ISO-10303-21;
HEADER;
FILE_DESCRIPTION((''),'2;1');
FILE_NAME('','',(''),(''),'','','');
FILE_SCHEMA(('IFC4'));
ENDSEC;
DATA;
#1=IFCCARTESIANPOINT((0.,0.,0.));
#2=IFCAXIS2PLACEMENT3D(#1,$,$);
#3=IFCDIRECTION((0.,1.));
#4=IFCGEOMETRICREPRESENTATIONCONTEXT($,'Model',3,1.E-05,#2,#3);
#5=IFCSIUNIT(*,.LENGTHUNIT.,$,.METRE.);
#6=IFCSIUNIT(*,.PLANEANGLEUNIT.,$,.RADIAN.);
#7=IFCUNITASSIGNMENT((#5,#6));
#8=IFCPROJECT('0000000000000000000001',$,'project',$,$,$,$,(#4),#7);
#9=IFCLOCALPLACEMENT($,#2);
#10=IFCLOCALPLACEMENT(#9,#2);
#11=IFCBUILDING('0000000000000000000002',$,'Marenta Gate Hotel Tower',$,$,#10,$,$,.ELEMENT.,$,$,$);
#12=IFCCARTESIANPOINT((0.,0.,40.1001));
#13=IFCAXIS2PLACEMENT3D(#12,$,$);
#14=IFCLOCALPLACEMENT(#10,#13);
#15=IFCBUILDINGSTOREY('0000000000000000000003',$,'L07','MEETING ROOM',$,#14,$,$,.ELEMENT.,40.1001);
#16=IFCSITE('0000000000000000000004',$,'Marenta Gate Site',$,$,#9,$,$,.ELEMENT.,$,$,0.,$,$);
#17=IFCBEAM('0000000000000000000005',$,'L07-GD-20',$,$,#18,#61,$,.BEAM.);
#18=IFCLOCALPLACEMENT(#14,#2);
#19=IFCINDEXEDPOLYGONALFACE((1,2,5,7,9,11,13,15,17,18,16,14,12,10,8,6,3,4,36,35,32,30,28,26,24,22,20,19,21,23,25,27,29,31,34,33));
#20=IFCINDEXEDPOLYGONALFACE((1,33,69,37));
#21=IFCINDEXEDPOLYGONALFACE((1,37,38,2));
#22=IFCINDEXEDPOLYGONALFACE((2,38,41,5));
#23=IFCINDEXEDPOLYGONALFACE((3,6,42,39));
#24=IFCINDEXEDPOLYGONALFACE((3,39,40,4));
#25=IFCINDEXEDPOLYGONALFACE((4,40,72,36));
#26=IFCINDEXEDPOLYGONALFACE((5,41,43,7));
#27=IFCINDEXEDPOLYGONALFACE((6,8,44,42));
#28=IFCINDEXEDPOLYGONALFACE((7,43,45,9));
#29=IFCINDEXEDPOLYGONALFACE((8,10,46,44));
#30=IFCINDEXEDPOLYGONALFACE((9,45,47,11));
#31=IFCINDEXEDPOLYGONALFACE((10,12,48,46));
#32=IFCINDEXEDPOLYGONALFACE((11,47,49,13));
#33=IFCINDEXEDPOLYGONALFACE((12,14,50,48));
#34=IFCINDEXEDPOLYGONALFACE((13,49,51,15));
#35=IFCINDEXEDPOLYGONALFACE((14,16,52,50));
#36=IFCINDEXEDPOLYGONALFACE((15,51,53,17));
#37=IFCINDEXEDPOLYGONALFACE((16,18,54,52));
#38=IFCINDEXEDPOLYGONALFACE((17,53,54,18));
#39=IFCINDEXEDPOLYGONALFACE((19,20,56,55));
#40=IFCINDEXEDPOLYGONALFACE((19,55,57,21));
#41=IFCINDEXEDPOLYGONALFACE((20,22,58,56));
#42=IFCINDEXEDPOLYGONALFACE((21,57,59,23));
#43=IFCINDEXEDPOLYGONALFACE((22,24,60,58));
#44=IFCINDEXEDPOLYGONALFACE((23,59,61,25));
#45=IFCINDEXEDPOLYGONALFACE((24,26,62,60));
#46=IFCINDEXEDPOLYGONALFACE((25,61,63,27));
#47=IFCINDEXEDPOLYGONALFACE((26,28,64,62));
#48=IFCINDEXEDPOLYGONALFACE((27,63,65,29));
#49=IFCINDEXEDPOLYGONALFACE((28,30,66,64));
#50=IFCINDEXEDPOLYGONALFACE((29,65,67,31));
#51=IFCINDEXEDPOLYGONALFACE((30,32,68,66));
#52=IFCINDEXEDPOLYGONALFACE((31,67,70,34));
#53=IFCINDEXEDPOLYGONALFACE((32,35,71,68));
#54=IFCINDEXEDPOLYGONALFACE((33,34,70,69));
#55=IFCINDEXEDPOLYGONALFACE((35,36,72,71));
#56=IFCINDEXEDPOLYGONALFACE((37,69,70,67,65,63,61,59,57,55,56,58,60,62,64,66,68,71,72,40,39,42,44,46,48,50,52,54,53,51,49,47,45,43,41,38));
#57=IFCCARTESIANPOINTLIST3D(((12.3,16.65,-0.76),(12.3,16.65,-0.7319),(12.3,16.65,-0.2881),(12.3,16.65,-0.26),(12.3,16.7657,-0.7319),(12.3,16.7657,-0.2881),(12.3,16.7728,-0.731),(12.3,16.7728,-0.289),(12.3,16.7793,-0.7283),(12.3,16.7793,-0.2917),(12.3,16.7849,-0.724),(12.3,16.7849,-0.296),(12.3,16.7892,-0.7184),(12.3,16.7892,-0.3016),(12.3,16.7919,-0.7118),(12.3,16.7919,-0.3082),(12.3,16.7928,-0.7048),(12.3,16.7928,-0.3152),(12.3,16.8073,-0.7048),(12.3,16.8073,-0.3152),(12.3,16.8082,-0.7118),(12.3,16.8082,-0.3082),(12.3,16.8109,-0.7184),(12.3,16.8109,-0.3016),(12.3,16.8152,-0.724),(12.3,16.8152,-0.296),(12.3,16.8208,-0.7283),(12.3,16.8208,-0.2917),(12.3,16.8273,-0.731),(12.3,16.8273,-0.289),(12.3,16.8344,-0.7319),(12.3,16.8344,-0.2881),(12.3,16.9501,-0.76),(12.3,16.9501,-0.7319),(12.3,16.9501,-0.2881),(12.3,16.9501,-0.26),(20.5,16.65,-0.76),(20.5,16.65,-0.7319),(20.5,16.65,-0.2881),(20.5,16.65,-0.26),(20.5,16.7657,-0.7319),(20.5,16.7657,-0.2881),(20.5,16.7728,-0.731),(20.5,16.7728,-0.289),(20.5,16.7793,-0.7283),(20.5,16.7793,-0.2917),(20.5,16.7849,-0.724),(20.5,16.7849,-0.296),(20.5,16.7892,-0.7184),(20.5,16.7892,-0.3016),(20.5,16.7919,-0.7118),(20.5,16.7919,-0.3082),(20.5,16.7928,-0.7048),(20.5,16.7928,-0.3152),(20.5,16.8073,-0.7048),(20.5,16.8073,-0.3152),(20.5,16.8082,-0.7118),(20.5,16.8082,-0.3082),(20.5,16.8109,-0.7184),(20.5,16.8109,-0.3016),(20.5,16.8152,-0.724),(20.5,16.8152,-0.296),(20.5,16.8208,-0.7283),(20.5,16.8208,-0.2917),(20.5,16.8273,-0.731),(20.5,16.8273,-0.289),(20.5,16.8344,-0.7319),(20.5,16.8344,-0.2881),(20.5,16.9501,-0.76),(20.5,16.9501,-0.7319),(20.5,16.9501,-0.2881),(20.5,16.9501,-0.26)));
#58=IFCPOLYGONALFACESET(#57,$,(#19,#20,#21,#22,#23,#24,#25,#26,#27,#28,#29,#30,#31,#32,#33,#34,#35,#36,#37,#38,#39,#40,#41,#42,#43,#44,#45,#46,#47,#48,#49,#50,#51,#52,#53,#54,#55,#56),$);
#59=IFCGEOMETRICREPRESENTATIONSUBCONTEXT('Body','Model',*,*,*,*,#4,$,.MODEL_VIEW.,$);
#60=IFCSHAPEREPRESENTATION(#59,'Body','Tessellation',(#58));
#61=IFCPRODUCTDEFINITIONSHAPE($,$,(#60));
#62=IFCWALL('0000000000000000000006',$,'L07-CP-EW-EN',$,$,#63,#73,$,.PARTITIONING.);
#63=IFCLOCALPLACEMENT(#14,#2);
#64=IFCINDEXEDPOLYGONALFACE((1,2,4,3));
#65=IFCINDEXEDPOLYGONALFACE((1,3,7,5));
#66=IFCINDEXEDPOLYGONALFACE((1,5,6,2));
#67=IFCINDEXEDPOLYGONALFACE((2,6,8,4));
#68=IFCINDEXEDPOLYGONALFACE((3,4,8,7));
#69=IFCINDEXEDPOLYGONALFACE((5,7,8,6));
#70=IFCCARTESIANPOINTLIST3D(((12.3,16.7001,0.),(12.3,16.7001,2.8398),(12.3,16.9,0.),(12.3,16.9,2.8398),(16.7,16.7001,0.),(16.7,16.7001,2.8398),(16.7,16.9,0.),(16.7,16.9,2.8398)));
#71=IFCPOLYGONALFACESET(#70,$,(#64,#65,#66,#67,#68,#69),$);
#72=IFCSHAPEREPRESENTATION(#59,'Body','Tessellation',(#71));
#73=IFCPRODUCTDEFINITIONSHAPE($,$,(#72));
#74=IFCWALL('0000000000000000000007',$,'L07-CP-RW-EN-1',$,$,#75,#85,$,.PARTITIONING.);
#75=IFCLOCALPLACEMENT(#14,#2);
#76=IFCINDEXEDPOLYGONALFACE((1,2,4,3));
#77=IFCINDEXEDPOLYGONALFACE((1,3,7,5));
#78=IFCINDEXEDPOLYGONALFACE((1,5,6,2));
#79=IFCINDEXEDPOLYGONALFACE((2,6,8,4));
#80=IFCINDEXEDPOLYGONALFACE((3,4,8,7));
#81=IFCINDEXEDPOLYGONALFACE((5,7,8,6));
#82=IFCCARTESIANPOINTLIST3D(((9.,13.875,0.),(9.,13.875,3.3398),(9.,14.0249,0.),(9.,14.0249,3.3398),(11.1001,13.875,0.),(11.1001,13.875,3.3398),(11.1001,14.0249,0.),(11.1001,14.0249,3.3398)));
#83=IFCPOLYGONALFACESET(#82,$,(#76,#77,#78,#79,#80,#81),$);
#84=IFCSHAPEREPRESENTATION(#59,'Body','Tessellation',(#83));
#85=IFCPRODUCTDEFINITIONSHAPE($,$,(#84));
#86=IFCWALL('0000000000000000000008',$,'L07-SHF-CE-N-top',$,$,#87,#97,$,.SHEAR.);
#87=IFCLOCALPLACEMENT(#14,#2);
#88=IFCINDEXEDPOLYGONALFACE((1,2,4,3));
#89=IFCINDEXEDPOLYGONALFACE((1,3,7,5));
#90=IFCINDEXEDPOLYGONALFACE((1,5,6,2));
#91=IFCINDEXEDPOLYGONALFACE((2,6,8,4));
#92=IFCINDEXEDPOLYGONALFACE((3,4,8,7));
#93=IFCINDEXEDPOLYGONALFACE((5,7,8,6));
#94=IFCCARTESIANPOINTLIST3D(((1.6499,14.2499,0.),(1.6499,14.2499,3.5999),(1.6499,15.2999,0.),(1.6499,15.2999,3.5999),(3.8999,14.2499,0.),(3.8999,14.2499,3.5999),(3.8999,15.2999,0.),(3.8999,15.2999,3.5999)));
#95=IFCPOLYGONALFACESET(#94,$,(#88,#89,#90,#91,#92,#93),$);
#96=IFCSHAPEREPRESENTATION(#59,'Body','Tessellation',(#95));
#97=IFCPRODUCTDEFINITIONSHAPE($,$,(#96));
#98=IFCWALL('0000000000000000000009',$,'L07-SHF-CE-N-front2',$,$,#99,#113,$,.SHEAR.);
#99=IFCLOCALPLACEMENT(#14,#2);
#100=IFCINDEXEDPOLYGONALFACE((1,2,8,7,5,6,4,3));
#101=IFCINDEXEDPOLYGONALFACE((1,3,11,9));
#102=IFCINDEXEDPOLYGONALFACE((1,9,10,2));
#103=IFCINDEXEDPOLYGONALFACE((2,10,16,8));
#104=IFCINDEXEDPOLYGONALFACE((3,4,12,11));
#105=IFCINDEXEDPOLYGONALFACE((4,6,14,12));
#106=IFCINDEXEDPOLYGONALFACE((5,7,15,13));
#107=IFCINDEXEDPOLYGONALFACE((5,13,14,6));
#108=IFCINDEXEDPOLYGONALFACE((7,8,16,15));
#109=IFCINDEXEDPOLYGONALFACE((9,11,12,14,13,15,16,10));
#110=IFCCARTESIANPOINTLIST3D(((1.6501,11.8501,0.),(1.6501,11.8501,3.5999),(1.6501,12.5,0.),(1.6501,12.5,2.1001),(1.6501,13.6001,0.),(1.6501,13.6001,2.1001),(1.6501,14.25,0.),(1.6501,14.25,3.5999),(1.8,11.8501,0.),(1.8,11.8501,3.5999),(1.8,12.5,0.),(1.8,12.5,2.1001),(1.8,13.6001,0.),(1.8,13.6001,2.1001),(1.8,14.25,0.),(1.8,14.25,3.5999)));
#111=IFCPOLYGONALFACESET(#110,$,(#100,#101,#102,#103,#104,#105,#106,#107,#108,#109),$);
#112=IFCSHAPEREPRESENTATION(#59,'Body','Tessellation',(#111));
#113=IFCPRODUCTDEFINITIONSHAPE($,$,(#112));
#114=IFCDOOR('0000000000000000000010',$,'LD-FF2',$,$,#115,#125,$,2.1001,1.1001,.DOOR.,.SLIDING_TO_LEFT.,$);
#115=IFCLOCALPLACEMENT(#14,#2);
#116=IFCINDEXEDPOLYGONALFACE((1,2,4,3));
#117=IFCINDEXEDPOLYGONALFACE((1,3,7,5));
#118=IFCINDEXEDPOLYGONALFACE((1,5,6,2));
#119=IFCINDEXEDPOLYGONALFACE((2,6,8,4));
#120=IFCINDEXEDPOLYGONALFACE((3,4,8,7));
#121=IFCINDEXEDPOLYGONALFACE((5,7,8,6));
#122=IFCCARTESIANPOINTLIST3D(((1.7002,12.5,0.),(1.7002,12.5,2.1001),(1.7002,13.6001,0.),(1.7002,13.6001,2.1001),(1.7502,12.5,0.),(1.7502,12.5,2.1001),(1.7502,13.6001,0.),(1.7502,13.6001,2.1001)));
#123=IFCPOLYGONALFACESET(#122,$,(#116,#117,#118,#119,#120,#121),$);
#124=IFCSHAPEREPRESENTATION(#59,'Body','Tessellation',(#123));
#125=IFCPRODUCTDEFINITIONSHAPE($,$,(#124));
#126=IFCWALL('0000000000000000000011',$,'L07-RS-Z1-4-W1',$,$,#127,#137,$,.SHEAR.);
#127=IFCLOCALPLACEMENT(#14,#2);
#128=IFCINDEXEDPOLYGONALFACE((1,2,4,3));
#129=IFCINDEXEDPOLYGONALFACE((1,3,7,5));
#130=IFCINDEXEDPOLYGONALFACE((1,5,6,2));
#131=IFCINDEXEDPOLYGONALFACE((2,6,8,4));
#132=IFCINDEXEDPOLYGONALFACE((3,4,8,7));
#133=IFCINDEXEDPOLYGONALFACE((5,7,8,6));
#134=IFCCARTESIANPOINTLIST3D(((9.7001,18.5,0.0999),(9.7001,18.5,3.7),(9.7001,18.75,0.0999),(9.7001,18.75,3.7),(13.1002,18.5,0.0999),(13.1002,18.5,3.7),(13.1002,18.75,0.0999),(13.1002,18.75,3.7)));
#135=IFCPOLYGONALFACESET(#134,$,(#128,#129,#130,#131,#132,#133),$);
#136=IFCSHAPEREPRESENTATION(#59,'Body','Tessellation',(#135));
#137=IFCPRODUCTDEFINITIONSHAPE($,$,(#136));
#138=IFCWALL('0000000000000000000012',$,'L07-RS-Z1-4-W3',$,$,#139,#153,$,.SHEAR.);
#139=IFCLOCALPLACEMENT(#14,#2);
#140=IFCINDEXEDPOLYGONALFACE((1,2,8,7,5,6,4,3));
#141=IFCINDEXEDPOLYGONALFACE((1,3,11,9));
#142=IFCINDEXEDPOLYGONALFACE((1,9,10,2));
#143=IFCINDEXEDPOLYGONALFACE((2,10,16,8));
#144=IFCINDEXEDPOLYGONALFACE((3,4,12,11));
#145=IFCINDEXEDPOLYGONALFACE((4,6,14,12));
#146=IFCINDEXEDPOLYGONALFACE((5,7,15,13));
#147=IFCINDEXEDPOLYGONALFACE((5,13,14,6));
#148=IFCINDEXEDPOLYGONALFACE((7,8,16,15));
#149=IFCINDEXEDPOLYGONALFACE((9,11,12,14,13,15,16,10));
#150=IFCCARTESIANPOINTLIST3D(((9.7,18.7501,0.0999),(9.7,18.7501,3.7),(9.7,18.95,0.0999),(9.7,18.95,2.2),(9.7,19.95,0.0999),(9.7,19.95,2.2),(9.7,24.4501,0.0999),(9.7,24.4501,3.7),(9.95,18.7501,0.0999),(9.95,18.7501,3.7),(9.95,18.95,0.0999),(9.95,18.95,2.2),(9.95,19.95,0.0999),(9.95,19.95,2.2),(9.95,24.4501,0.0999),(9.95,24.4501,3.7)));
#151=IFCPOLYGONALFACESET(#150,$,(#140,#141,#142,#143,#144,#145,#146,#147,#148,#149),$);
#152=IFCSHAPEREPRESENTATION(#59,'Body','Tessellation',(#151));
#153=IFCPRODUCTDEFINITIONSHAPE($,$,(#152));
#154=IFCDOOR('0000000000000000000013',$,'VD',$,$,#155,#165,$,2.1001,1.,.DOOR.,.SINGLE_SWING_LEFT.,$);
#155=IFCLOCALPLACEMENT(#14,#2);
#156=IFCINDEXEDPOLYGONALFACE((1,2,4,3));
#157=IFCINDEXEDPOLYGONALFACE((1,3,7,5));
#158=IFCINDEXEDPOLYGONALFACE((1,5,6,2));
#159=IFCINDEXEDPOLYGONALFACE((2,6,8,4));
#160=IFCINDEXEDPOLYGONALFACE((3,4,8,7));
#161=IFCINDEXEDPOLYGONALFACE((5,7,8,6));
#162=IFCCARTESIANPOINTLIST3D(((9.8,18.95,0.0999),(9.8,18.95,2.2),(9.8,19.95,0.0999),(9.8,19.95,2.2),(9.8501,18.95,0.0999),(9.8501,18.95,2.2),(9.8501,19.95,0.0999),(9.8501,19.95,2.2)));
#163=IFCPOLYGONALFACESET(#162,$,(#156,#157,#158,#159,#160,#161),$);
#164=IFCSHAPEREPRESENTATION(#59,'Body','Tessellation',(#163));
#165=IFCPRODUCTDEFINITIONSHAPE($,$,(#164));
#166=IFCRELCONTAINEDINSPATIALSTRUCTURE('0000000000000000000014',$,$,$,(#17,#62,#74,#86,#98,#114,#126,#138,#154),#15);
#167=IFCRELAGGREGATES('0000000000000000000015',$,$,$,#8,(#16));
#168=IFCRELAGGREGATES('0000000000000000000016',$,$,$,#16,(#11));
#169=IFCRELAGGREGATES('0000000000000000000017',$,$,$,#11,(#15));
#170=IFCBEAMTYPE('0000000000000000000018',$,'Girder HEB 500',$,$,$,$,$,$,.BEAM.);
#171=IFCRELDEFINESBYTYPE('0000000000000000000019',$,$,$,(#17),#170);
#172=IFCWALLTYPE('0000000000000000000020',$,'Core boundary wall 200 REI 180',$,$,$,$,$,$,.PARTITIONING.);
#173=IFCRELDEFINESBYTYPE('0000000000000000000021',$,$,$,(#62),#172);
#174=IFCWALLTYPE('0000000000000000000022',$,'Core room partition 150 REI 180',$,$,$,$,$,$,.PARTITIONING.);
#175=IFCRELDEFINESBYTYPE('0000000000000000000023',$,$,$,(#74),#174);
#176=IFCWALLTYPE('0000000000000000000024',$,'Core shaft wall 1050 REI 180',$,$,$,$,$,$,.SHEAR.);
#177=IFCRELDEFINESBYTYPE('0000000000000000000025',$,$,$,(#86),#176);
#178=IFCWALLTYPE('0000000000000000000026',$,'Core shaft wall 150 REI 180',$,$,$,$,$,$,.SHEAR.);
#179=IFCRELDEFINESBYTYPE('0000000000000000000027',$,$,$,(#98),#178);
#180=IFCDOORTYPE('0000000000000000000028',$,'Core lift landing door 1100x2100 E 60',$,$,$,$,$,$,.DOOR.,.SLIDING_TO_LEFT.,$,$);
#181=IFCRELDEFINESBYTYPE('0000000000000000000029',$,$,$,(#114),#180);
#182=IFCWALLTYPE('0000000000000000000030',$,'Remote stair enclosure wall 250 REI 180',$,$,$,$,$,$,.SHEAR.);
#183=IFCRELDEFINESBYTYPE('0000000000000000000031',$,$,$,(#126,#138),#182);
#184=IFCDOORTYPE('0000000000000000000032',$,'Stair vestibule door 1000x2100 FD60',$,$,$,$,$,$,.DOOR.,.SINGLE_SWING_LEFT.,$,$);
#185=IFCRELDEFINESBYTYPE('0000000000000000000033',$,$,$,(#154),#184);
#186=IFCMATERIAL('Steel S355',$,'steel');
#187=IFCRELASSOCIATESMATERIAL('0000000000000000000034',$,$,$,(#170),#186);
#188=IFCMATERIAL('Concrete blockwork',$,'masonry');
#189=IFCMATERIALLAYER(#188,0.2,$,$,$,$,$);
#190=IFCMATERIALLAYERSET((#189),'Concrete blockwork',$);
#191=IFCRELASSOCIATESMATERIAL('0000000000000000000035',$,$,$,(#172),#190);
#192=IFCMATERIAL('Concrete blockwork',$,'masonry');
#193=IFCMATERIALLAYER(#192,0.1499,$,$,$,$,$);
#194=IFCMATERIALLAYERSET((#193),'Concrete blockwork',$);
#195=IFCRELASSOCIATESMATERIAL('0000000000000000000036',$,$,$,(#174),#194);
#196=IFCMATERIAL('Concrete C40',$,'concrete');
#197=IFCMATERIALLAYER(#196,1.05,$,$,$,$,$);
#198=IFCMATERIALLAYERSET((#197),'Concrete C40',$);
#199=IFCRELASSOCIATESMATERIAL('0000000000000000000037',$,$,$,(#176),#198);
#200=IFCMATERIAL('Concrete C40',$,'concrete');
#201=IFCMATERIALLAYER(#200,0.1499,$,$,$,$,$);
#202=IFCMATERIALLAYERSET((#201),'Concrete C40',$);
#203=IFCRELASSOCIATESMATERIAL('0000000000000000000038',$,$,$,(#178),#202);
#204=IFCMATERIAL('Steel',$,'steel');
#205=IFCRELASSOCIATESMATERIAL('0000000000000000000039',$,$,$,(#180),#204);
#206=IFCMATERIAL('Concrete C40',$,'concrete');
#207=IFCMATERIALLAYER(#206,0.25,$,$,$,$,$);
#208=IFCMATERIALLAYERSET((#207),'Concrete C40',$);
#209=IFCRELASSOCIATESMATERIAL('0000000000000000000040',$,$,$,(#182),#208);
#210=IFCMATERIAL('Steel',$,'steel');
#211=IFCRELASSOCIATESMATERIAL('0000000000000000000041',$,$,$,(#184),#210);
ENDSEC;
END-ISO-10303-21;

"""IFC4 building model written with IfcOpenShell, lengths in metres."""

from ifc_helpers import new_model, si_unit, direction, frame, frame_2d, origin, origin_2d, place, context, subcontext, project, spatial, rectangle, i_section, extrude, material, layer, layer_set, material_profile, profile_set, type_object, element, fill, save


model = new_model("IFC4")

# Units and contexts
model_context = context("Model", 3, precision=1e-05, world=origin(), true_north=direction((0.0, 1.0)))
body_context = subcontext(model_context, "Body", "Model", "MODEL_VIEW")
ifc_project = project(units=[si_unit("LENGTHUNIT", "METRE"), si_unit("PLANEANGLEUNIT", "RADIAN")], contexts=[model_context])

# Site, building, storey
site_placement = place(None, origin())
site = spatial("IfcSite", under=ifc_project, at=site_placement, Name="Marenta Gate Site", CompositionType="ELEMENT", RefElevation=0.0)
building_placement = place(site_placement, origin())
building = spatial("IfcBuilding", under=site, at=building_placement, Name="Marenta Gate Hotel Tower", CompositionType="ELEMENT")
storey_placement = place(building_placement, frame((0.0, 0.0, 40.1001)))
storey = spatial("IfcBuildingStorey", under=building, at=storey_placement, Name="L07", Description="MEETING ROOM", CompositionType="ELEMENT", Elevation=40.1001)

# Beam
ifc_material_1 = material(Name="Steel S355", Category="steel")
ifc_material_profile = material_profile(ifc_material_1, i_section(OverallWidth=0.3, OverallDepth=0.5, WebThickness=0.0144, FlangeThickness=0.0281, FilletRadius=0.0271, at=origin_2d()), Name="HEB 500")
ifc_profile_set = profile_set([ifc_material_profile], Name="Steel S355")
beam_type = type_object("IfcBeamType", Name="Girder HEB 500", PredefinedType="BEAM", material=ifc_profile_set)
beam_placement = place(storey_placement, frame((12.3, 16.8, -0.51), z_axis=(1.0, 0.0, 0.0), x_axis=(0.0, 1.0, 0.0)))
element("IfcBeam", 1, at=beam_placement, inside=storey, type_object=beam_type, Name="L07-GD-20", PredefinedType="BEAM", context=body_context, shape_type="SweptSolid", body=[
    extrude(i_section(OverallWidth=0.3, OverallDepth=0.5, WebThickness=0.0144, FlangeThickness=0.0281, FilletRadius=0.0271, at=origin_2d()), origin(), (0.0, 0.0, 1.0), 8.2),
])

# Walls
ifc_material_2 = material(Name="Concrete blockwork", Category="masonry")
ifc_layer_1 = layer(ifc_material_2, 0.2)
ifc_layer_set_1 = layer_set([ifc_layer_1], Name="Concrete blockwork")
wall_type_1 = type_object("IfcWallType", Name="Core boundary wall 200 REI 180", PredefinedType="PARTITIONING", material=ifc_layer_set_1)
wall_1_placement = place(storey_placement, frame((12.3, 16.8, 0.0), z_axis=(0.0, 0.0, 1.0), x_axis=(1.0, 0.0, 0.0)))
element("IfcWall", 2, at=wall_1_placement, inside=storey, type_object=wall_type_1, Name="L07-CP-EW-EN", PredefinedType="PARTITIONING", context=body_context, shape_type="SweptSolid", body=[
    extrude(rectangle(XDim=4.3999, YDim=0.2, at=frame_2d((2.2, 0.0))), origin(), (0.0, 0.0, 1.0), 2.8398),
])
ifc_material_3 = material(Name="Concrete blockwork", Category="masonry")
ifc_layer_2 = layer(ifc_material_3, 0.1499)
ifc_layer_set_2 = layer_set([ifc_layer_2], Name="Concrete blockwork")
wall_type_2 = type_object("IfcWallType", Name="Core room partition 150 REI 180", PredefinedType="PARTITIONING", material=ifc_layer_set_2)
wall_2_placement = place(storey_placement, frame((9.0, 13.95, 0.0), z_axis=(0.0, 0.0, 1.0), x_axis=(1.0, 0.0, 0.0)))
element("IfcWall", 3, at=wall_2_placement, inside=storey, type_object=wall_type_2, Name="L07-CP-RW-EN-1", PredefinedType="PARTITIONING", context=body_context, shape_type="SweptSolid", body=[
    extrude(rectangle(XDim=2.1001, YDim=0.1499, at=frame_2d((1.05, 0.0))), origin(), (0.0, 0.0, 1.0), 3.3398),
])
ifc_material_4 = material(Name="Concrete C40", Category="concrete")
ifc_layer_3 = layer(ifc_material_4, 1.05)
ifc_layer_set_3 = layer_set([ifc_layer_3], Name="Concrete C40")
wall_type_3 = type_object("IfcWallType", Name="Core shaft wall 1050 REI 180", PredefinedType="SHEAR", material=ifc_layer_set_3)
wall_3_placement = place(storey_placement, frame((1.6499, 14.7749, 0.0), z_axis=(0.0, 0.0, 1.0), x_axis=(1.0, 0.0, 0.0)))
element("IfcWall", 4, at=wall_3_placement, inside=storey, type_object=wall_type_3, Name="L07-SHF-CE-N-top", PredefinedType="SHEAR", context=body_context, shape_type="SweptSolid", body=[
    extrude(rectangle(XDim=2.25, YDim=1.05, at=frame_2d((1.125, 0.0))), origin(), (0.0, 0.0, 1.0), 3.5999),
])

# Wall, opening, door
ifc_material_5 = material(Name="Concrete C40", Category="concrete")
ifc_layer_4 = layer(ifc_material_5, 0.1499)
ifc_layer_set_4 = layer_set([ifc_layer_4], Name="Concrete C40")
wall_type_4 = type_object("IfcWallType", Name="Core shaft wall 150 REI 180", PredefinedType="SHEAR", material=ifc_layer_set_4)
wall_4_placement = place(storey_placement, frame((1.7251, 11.8501, 0.0), z_axis=(0.0, 0.0, 1.0), x_axis=(0.0, 1.0, 0.0)))
wall_4 = element("IfcWall", 5, at=wall_4_placement, inside=storey, type_object=wall_type_4, Name="L07-SHF-CE-N-front2", PredefinedType="SHEAR", context=body_context, shape_type="SweptSolid", body=[
    extrude(rectangle(XDim=2.3999, YDim=0.1499, at=frame_2d((1.2, 0.0))), origin(), (0.0, 0.0, 1.0), 3.5999),
])
opening_1_placement = place(wall_4_placement, frame((0.6499, 0.0, 0.0)))
opening_1 = element("IfcOpeningElement", 6, at=opening_1_placement, cuts=wall_4, PredefinedType="OPENING", context=body_context, shape_type="SweptSolid", body=[
    extrude(rectangle(XDim=1.1001, YDim=2.1001, at=frame_2d((0.55, 1.05))), frame((0.0, 0.075, 0.0), z_axis=(0.0, -1.0, 0.0), x_axis=(1.0, 0.0, 0.0)), (0.0, 0.0, 1.0), 0.1499),
])
ifc_material_6 = material(Name="Steel", Category="steel")
door_type_1 = type_object("IfcDoorType", Name="Core lift landing door 1100x2100 E 60", OperationType="SLIDING_TO_LEFT", PredefinedType="DOOR", material=ifc_material_6)
door_1_placement = place(opening_1_placement, origin())
door_1 = element("IfcDoor", 7, at=door_1_placement, inside=storey, type_object=door_type_1, Name="LD-FF2", OperationType="SLIDING_TO_LEFT", OverallHeight=2.1001, OverallWidth=1.1001, PredefinedType="DOOR", context=body_context, shape_type="SweptSolid", body=[
    extrude(rectangle(XDim=1.1001, YDim=2.1001, at=frame_2d((0.55, 1.05))), frame((0.0, 0.0249, 0.0), z_axis=(0.0, -1.0, 0.0), x_axis=(1.0, 0.0, 0.0)), (0.0, 0.0, 1.0), 0.05),
])
fill(opening_1, door_1)

# Wall
ifc_material_7 = material(Name="Concrete C40", Category="concrete")
ifc_layer_5 = layer(ifc_material_7, 0.25)
ifc_layer_set_5 = layer_set([ifc_layer_5], Name="Concrete C40")
wall_type_5 = type_object("IfcWallType", Name="Remote stair enclosure wall 250 REI 180", PredefinedType="SHEAR", material=ifc_layer_set_5)
wall_5_placement = place(storey_placement, frame((9.7, 18.625, 0.0999), z_axis=(0.0, 0.0, 1.0), x_axis=(1.0, 0.0, 0.0)))
element("IfcWall", 8, at=wall_5_placement, inside=storey, type_object=wall_type_5, Name="L07-RS-Z1-4-W1", PredefinedType="SHEAR", context=body_context, shape_type="SweptSolid", body=[
    extrude(rectangle(XDim=3.4001, YDim=0.25, at=frame_2d((1.7002, 0.0))), origin(), (0.0, 0.0, 1.0), 3.6001),
])

# Wall, opening, door
wall_6_placement = place(storey_placement, frame((9.825, 18.75, 0.0999), z_axis=(0.0, 0.0, 1.0), x_axis=(0.0, 1.0, 0.0)))
wall_6 = element("IfcWall", 9, at=wall_6_placement, inside=storey, type_object=wall_type_5, Name="L07-RS-Z1-4-W3", PredefinedType="SHEAR", context=body_context, shape_type="SweptSolid", body=[
    extrude(rectangle(XDim=5.7, YDim=0.25, at=frame_2d((2.8501, 0.0))), origin(), (0.0, 0.0, 1.0), 3.6001),
])
opening_2_placement = place(wall_6_placement, frame((0.2, 0.0, 0.0)))
opening_2 = element("IfcOpeningElement", 10, at=opening_2_placement, cuts=wall_6, PredefinedType="OPENING", context=body_context, shape_type="SweptSolid", body=[
    extrude(rectangle(XDim=1.0, YDim=2.1001, at=frame_2d((0.5, 1.05))), frame((0.0, 0.125, 0.0), z_axis=(0.0, -1.0, 0.0), x_axis=(1.0, 0.0, 0.0)), (0.0, 0.0, 1.0), 0.25),
])
ifc_material_8 = material(Name="Steel", Category="steel")
door_type_2 = type_object("IfcDoorType", Name="Stair vestibule door 1000x2100 FD60", OperationType="SINGLE_SWING_LEFT", PredefinedType="DOOR", material=ifc_material_8)
door_2_placement = place(opening_2_placement, origin())
door_2 = element("IfcDoor", 11, at=door_2_placement, inside=storey, type_object=door_type_2, Name="VD", OperationType="SINGLE_SWING_LEFT", OverallHeight=2.1001, OverallWidth=1.0, PredefinedType="DOOR", context=body_context, shape_type="SweptSolid", body=[
    extrude(rectangle(XDim=1.0, YDim=2.1001, at=frame_2d((0.5, 1.05))), frame((0.0, 0.0249, 0.0), z_axis=(0.0, -1.0, 0.0), x_axis=(1.0, 0.0, 0.0)), (0.0, 0.0, 1.0), 0.05),
])
fill(opening_2, door_2)

save(model, "model.ifc")
